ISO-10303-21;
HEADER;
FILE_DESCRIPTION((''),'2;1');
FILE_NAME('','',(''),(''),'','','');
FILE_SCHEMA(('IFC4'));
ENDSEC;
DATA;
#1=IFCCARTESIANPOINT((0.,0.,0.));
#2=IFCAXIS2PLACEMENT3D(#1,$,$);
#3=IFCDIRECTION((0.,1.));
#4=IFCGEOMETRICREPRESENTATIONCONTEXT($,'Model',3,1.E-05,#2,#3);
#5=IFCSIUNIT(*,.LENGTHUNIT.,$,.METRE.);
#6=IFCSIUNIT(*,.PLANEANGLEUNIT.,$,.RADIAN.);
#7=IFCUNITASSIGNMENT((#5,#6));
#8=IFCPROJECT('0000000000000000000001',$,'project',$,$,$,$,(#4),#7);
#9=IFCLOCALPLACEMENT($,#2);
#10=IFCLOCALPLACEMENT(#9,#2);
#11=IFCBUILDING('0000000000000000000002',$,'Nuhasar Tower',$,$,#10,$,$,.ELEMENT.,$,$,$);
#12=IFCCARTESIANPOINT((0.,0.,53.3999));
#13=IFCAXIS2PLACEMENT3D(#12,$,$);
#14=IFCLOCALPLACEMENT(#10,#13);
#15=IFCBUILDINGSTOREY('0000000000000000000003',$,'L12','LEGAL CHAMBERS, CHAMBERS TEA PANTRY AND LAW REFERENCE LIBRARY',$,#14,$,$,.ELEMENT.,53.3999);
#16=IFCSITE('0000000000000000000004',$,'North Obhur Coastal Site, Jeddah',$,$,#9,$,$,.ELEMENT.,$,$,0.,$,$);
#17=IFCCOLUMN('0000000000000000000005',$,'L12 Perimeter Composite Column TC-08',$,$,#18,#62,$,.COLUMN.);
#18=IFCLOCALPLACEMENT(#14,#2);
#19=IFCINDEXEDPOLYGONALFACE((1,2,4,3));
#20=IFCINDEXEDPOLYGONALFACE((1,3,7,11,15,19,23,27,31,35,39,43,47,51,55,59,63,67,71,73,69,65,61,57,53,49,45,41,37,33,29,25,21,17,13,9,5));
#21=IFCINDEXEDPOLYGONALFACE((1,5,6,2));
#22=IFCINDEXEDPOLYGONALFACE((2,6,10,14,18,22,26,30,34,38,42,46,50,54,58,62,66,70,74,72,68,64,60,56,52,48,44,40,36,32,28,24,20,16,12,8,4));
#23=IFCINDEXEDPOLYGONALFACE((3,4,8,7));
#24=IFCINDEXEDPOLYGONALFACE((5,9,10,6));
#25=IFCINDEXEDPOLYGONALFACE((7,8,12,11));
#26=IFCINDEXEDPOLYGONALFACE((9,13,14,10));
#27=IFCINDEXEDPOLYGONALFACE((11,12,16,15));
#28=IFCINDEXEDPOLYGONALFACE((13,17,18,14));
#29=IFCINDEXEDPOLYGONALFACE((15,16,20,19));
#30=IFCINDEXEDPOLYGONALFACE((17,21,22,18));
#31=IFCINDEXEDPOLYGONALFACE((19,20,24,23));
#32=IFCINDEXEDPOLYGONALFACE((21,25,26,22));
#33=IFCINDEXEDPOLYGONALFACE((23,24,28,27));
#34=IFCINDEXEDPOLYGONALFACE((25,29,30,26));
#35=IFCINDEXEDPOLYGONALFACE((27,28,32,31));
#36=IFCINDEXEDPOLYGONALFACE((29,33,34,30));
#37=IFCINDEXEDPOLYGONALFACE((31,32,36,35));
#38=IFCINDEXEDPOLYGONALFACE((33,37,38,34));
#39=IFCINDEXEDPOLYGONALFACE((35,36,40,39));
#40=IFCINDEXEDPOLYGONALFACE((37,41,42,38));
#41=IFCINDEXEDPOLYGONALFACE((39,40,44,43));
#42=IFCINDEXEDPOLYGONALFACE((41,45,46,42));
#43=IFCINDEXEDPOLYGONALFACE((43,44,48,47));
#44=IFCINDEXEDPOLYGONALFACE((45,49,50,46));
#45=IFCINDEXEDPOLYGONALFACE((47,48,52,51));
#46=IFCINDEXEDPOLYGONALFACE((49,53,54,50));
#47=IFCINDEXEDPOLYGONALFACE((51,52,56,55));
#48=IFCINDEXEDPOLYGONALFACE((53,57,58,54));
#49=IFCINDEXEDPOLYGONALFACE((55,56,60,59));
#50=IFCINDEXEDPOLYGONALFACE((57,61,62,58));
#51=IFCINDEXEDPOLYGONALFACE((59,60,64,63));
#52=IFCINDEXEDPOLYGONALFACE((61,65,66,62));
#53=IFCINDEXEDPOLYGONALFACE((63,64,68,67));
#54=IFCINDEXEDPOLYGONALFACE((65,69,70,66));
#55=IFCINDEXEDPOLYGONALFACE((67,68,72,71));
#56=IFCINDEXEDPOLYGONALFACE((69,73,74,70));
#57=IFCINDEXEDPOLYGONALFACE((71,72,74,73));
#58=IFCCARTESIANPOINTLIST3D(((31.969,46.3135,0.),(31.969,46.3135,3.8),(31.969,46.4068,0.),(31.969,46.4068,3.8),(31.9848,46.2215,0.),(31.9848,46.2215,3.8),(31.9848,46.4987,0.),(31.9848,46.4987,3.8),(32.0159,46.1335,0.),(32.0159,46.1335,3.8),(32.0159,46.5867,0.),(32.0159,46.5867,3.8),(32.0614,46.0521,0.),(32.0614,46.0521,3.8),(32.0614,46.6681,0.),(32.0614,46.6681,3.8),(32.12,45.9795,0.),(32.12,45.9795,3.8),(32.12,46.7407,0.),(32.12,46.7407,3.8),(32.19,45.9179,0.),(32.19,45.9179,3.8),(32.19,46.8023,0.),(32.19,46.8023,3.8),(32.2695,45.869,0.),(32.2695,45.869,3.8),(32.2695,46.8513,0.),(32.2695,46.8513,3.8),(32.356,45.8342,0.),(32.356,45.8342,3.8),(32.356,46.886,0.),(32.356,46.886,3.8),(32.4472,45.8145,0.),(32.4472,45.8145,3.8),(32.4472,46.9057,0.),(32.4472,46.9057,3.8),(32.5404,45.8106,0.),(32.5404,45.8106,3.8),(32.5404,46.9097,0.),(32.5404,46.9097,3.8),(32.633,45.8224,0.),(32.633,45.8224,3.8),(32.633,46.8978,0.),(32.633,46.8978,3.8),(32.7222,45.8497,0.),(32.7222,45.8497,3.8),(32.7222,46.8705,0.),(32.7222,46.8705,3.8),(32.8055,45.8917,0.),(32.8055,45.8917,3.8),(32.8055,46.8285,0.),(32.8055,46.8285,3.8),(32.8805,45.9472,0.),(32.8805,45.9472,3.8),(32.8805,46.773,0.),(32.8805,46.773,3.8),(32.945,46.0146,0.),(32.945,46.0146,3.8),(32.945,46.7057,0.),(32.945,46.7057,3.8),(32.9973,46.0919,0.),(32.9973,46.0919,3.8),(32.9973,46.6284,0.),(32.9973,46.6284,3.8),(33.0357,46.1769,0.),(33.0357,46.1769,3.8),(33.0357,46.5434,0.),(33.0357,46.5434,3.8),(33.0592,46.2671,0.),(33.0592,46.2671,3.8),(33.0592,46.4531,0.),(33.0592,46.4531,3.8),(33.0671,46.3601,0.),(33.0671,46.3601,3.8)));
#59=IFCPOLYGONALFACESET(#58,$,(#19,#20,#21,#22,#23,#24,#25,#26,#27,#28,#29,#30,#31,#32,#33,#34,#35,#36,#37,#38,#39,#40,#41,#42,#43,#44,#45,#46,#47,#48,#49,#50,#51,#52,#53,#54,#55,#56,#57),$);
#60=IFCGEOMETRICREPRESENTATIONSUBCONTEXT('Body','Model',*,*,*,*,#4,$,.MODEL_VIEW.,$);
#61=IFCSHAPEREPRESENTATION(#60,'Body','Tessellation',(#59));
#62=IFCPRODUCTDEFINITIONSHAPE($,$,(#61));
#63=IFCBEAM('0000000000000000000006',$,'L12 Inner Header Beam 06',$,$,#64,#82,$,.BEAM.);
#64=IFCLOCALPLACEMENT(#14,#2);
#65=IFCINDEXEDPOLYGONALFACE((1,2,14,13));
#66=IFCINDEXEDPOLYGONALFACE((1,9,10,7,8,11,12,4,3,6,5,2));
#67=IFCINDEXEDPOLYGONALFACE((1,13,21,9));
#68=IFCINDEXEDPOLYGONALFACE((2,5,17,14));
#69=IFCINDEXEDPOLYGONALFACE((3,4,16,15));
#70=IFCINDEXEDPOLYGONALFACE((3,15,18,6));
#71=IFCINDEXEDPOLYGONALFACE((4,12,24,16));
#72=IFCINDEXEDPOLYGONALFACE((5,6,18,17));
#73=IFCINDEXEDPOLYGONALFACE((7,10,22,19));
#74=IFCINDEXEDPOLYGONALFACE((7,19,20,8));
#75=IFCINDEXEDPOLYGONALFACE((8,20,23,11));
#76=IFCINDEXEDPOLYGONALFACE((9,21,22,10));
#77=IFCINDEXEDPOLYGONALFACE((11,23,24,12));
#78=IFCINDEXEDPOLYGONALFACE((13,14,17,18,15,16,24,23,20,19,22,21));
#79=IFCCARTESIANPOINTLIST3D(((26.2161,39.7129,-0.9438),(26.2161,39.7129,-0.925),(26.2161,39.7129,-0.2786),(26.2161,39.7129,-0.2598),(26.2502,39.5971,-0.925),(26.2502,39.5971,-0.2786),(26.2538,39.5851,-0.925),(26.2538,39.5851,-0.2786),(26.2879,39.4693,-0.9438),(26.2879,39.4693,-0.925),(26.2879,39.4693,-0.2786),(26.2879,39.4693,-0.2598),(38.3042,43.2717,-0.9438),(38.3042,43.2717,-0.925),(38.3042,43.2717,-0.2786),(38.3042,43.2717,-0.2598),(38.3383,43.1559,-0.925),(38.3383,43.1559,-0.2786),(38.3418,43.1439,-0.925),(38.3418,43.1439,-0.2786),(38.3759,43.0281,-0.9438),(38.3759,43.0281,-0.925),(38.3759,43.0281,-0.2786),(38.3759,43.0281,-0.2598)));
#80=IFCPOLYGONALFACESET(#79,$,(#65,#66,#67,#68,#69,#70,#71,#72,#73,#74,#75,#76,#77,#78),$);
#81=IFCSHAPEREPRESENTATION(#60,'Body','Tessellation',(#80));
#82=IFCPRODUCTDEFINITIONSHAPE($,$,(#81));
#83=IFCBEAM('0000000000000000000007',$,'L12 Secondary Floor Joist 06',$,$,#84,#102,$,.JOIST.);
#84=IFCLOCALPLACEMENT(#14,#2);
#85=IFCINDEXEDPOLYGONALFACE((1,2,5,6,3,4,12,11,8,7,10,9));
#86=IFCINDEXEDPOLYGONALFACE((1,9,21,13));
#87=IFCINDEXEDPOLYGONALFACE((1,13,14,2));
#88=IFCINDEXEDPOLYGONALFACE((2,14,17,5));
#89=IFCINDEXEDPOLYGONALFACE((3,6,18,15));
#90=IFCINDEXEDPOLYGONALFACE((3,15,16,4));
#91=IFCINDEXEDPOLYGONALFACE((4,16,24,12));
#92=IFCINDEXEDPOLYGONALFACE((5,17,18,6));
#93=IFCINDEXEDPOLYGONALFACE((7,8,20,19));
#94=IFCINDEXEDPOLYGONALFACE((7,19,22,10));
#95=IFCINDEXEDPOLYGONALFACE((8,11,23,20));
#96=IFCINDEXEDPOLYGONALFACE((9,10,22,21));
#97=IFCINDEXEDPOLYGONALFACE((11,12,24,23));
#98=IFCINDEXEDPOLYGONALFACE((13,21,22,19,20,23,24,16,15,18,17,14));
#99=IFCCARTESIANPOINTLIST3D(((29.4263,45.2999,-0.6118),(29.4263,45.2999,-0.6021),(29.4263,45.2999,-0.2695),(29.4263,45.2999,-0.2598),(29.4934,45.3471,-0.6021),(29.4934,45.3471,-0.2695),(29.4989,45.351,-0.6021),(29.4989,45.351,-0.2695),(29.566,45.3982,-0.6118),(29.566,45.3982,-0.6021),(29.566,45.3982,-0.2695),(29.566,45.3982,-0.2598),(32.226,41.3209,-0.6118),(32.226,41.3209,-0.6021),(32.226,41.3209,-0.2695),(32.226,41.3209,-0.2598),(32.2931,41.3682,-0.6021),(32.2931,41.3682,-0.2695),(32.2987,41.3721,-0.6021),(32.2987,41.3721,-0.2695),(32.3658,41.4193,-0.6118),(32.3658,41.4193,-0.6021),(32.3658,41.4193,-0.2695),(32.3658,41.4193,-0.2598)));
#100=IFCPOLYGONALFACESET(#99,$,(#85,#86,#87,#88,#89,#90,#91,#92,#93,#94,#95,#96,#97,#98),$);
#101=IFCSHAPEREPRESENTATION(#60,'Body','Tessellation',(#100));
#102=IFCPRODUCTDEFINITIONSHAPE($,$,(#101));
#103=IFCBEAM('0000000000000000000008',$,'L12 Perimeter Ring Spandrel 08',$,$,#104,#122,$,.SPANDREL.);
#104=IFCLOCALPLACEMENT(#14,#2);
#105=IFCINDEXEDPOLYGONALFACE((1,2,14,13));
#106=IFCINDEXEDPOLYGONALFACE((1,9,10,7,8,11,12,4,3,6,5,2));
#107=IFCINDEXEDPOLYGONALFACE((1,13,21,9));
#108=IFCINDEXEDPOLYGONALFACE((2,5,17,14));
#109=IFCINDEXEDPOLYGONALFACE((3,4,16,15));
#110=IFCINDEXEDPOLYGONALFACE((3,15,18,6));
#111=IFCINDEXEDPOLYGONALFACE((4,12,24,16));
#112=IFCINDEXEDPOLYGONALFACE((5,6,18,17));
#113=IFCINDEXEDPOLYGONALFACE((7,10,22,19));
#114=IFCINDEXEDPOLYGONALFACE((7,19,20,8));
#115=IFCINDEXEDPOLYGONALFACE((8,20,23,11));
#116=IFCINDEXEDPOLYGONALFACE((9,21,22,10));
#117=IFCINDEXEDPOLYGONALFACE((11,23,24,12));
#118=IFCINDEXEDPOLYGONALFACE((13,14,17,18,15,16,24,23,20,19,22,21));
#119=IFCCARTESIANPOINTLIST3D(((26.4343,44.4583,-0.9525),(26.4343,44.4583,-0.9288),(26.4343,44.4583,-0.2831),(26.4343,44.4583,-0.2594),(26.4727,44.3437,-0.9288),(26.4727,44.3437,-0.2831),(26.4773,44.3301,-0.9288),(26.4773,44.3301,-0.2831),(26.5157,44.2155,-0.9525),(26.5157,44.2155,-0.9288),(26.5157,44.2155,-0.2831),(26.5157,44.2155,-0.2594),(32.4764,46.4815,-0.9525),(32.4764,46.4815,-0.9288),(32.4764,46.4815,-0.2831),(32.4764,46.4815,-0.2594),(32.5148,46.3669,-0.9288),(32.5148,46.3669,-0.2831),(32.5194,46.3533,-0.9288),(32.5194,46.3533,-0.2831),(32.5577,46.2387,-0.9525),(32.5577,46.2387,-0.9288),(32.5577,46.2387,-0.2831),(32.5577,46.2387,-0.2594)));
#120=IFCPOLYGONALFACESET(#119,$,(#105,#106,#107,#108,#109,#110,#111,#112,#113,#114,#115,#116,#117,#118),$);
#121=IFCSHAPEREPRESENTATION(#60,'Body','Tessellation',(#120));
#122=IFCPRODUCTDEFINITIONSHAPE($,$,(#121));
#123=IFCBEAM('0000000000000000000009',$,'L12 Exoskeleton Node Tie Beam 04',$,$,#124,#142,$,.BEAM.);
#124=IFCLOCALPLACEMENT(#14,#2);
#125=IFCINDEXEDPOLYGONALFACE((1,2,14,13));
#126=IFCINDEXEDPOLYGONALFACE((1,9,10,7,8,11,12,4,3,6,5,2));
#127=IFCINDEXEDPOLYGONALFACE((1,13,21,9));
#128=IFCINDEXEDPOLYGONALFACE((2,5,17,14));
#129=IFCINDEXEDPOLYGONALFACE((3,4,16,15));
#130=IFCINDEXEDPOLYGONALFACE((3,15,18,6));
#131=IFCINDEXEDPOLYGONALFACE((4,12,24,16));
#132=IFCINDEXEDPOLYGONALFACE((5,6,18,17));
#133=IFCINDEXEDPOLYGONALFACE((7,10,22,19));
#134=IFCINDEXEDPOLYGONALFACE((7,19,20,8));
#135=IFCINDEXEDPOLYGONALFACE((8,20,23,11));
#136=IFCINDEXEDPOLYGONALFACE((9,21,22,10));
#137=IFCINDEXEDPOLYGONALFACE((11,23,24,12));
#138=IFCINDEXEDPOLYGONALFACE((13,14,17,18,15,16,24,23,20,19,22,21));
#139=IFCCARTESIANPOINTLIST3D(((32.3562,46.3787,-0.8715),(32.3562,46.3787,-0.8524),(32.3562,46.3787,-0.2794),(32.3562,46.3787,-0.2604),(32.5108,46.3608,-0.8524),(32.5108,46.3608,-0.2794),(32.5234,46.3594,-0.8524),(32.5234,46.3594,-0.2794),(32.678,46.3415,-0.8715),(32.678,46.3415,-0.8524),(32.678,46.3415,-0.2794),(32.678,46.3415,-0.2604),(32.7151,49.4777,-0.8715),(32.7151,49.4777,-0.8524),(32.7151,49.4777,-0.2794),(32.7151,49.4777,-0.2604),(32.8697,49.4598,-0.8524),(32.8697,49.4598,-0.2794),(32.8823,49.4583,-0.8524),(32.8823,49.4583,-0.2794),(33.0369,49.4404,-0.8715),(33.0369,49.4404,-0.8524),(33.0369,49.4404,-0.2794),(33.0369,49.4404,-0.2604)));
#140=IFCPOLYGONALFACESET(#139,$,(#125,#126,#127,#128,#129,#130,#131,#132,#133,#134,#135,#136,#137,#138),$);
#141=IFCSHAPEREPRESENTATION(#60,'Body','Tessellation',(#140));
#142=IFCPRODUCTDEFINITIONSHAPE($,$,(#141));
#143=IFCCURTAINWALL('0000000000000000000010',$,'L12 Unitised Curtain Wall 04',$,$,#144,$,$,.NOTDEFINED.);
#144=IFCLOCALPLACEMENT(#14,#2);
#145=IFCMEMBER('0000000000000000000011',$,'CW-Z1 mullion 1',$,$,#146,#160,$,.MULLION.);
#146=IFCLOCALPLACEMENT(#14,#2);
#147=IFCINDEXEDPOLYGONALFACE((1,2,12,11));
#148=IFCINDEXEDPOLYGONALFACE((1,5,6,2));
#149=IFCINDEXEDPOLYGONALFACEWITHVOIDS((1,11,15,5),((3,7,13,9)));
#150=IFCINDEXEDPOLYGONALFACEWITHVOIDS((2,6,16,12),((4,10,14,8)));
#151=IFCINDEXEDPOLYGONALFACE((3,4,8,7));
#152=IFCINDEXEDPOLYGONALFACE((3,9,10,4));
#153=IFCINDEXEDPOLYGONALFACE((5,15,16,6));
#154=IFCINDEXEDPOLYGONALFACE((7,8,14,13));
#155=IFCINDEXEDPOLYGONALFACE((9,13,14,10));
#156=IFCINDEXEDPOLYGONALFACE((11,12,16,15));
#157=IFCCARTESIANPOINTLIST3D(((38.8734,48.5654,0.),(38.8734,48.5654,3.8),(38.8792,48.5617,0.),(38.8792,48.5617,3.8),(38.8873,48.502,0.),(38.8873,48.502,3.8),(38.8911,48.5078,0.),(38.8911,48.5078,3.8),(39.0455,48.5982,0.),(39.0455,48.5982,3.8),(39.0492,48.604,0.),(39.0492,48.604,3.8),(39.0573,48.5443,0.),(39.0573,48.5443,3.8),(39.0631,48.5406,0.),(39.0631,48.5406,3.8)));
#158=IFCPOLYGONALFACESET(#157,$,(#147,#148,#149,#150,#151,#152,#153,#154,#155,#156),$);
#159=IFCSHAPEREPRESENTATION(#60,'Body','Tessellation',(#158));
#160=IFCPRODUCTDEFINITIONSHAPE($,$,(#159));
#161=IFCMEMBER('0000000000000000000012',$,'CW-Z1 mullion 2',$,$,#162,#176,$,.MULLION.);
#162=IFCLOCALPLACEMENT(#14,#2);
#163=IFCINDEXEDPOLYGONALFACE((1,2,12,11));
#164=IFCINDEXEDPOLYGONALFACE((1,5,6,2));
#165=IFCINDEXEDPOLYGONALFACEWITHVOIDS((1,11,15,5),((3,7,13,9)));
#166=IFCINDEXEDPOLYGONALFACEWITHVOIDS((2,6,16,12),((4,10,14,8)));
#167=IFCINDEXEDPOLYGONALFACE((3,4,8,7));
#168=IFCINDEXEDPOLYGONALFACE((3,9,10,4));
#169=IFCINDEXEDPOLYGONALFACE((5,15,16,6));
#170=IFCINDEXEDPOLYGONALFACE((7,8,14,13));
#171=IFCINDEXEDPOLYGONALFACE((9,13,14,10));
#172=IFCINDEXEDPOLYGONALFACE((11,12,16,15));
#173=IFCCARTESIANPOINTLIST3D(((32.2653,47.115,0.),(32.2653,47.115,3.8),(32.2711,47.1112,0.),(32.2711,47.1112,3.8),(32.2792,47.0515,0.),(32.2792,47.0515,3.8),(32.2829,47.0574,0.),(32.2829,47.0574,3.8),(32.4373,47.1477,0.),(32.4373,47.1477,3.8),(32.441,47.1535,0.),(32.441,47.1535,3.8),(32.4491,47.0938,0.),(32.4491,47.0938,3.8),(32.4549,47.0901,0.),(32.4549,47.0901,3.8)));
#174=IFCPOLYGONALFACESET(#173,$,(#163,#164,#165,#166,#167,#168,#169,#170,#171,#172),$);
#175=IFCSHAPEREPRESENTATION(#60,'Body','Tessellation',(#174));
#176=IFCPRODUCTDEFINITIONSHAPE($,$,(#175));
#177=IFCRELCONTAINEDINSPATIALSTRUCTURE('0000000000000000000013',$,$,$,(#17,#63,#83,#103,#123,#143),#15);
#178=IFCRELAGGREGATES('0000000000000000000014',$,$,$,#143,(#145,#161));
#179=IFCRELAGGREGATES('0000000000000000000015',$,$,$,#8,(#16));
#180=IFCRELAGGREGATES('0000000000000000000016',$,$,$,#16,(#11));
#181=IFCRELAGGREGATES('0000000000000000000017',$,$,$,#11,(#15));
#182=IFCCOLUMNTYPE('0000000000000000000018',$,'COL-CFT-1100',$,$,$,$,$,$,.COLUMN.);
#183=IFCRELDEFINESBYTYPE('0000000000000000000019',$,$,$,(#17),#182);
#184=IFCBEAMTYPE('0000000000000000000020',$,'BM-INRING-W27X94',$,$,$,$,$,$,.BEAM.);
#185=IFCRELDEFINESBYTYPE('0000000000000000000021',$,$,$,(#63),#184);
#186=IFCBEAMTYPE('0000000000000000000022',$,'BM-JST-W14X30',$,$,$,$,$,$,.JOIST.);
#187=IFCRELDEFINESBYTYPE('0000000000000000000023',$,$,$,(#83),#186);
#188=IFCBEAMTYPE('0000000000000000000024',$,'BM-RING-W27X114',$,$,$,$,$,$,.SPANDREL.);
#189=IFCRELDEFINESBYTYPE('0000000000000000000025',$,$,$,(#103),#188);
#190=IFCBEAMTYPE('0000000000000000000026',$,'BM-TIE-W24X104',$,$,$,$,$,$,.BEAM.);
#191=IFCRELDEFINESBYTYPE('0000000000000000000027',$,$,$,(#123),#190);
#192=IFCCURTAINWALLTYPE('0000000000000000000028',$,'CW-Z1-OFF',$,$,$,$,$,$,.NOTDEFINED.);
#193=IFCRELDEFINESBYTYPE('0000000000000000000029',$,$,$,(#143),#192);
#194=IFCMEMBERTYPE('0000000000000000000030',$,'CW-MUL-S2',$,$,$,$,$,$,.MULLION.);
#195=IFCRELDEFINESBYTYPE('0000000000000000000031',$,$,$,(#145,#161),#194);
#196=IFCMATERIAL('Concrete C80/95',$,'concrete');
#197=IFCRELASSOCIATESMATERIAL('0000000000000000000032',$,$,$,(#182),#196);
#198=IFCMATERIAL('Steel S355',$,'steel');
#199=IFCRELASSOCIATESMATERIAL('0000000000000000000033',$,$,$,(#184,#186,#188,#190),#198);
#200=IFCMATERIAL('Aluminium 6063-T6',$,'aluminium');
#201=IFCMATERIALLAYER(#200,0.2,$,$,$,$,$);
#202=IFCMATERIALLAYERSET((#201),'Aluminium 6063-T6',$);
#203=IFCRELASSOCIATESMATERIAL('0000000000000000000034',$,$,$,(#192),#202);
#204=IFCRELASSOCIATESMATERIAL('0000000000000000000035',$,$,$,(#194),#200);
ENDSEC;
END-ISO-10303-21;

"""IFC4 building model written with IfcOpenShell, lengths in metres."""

from ifc_helpers import new_model, si_unit, direction, frame, origin, origin_2d, place, context, subcontext, project, spatial, hollow_rectangle, circle, i_section, extrude, material, layer, layer_set, material_profile, profile_set, type_object, element, aggregate, save


model = new_model("IFC4")

# Units and contexts
model_context = context("Model", 3, precision=1e-05, world=origin(), true_north=direction((0.0, 1.0)))
body_context = subcontext(model_context, "Body", "Model", "MODEL_VIEW")
ifc_project = project(units=[si_unit("LENGTHUNIT", "METRE"), si_unit("PLANEANGLEUNIT", "RADIAN")], contexts=[model_context])

# Site, building, storey
site_placement = place(None, origin())
site = spatial("IfcSite", under=ifc_project, at=site_placement, Name="North Obhur Coastal Site, Jeddah", CompositionType="ELEMENT", RefElevation=0.0)
building_placement = place(site_placement, origin())
building = spatial("IfcBuilding", under=site, at=building_placement, Name="Nuhasar Tower", CompositionType="ELEMENT")
storey_placement = place(building_placement, frame((0.0, 0.0, 53.3999)))
storey = spatial("IfcBuildingStorey", under=building, at=storey_placement, Name="L12", Description="LEGAL CHAMBERS, CHAMBERS TEA PANTRY AND LAW REFERENCE LIBRARY", CompositionType="ELEMENT", Elevation=53.3999)

# Column
ifc_material_1 = material(Name="Concrete C80/95", Category="concrete")
ifc_material_profile_1 = material_profile(ifc_material_1, circle(Radius=0.55, at=origin_2d()), Name="CFT1100")
ifc_profile_set_1 = profile_set([ifc_material_profile_1], Name="Concrete C80/95")
column_type = type_object("IfcColumnType", Name="COL-CFT-1100", PredefinedType="COLUMN", material=ifc_profile_set_1)
column_placement = place(storey_placement, frame((32.5171, 46.3601, 0.0), z_axis=(0.0, 0.0, 1.0), x_axis=(1.0, 0.0, 0.0)))
element("IfcColumn", 1, at=column_placement, inside=storey, type_object=column_type, Name="L12 Perimeter Composite Column TC-08", PredefinedType="COLUMN", context=body_context, shape_type="SweptSolid", body=[
    extrude(circle(Radius=0.55, at=origin_2d()), origin(), (0.0, 0.0, 1.0), 3.8),
])

# Beams
ifc_material_2 = material(Name="Steel S355", Category="steel")
ifc_material_profile_2 = material_profile(ifc_material_2, i_section(OverallWidth=0.2539, OverallDepth=0.6841, WebThickness=0.0125, FlangeThickness=0.0188, at=origin_2d()), Name="W27X94")
ifc_profile_set_2 = profile_set([ifc_material_profile_2], Name="Steel S355")
beam_type_1 = type_object("IfcBeamType", Name="BM-INRING-W27X94", PredefinedType="BEAM", material=ifc_profile_set_2)
beam_1_placement = place(storey_placement, frame((38.3401, 43.1499, -0.6018), z_axis=(-0.95929, -0.282422, 0.0), x_axis=(0.282422, -0.95929, 0.0)))
element("IfcBeam", 2, at=beam_1_placement, inside=storey, type_object=beam_type_1, Name="L12 Inner Header Beam 06", PredefinedType="BEAM", context=body_context, shape_type="SweptSolid", body=[
    extrude(i_section(OverallWidth=0.2539, OverallDepth=0.6841, WebThickness=0.0125, FlangeThickness=0.0188, at=origin_2d()), origin(), (0.0, 0.0, 1.0), 12.6011),
])
ifc_material_profile_3 = material_profile(ifc_material_2, i_section(OverallWidth=0.1709, OverallDepth=0.3521, WebThickness=0.0068, FlangeThickness=0.0098, at=origin_2d()), Name="W14X30")
ifc_profile_set_3 = profile_set([ifc_material_profile_3], Name="Steel S355")
beam_type_2 = type_object("IfcBeamType", Name="BM-JST-W14X30", PredefinedType="JOIST", material=ifc_profile_set_3)
beam_2_placement = place(storey_placement, frame((32.2959, 41.3701, -0.4358), z_axis=(-0.575461, 0.817829, 0.0), x_axis=(-0.817829, -0.575461, 0.0)))
element("IfcBeam", 3, at=beam_2_placement, inside=storey, type_object=beam_type_2, Name="L12 Secondary Floor Joist 06", PredefinedType="JOIST", context=body_context, shape_type="SweptSolid", body=[
    extrude(i_section(OverallWidth=0.1709, OverallDepth=0.3521, WebThickness=0.0068, FlangeThickness=0.0098, at=origin_2d()), origin(), (0.0, 0.0, 1.0), 4.8652),
])
ifc_material_profile_4 = material_profile(ifc_material_2, i_section(OverallWidth=0.2561, OverallDepth=0.6931, WebThickness=0.0144, FlangeThickness=0.0237, at=origin_2d()), Name="W27X114")
ifc_profile_set_4 = profile_set([ifc_material_profile_4], Name="Steel S355")
beam_type_3 = type_object("IfcBeamType", Name="BM-RING-W27X114", PredefinedType="SPANDREL", material=ifc_profile_set_4)
beam_3_placement = place(storey_placement, frame((32.5171, 46.3601, -0.606), z_axis=(-0.948249, -0.317526, 0.0), x_axis=(0.317526, -0.948249, 0.0)))
element("IfcBeam", 4, at=beam_3_placement, inside=storey, type_object=beam_type_3, Name="L12 Perimeter Ring Spandrel 08", PredefinedType="SPANDREL", context=body_context, shape_type="SweptSolid", body=[
    extrude(i_section(OverallWidth=0.2561, OverallDepth=0.6931, WebThickness=0.0144, FlangeThickness=0.0237, at=origin_2d()), origin(), (0.0, 0.0, 1.0), 6.3718),
])
ifc_material_profile_5 = material_profile(ifc_material_2, i_section(OverallWidth=0.324, OverallDepth=0.6111, WebThickness=0.0127, FlangeThickness=0.019, at=origin_2d()), Name="W24X104")
ifc_profile_set_5 = profile_set([ifc_material_profile_5], Name="Steel S355")
beam_type_4 = type_object("IfcBeamType", Name="BM-TIE-W24X104", PredefinedType="BEAM", material=ifc_profile_set_5)
beam_4_placement = place(storey_placement, frame((32.5171, 46.3601, -0.5659), z_axis=(0.115043, 0.993361, 0.0), x_axis=(-0.993361, 0.115043, 0.0)))
element("IfcBeam", 5, at=beam_4_placement, inside=storey, type_object=beam_type_4, Name="L12 Exoskeleton Node Tie Beam 04", PredefinedType="BEAM", context=body_context, shape_type="SweptSolid", body=[
    extrude(i_section(OverallWidth=0.324, OverallDepth=0.6111, WebThickness=0.0127, FlangeThickness=0.019, at=origin_2d()), origin(), (0.0, 0.0, 1.0), 3.1196),
])

# Curtain wall, members
ifc_material_3 = material(Name="Aluminium 6063-T6", Category="aluminium")
ifc_layer_1 = layer(ifc_material_3, 0.2)
ifc_layer_set_1 = layer_set([ifc_layer_1], Name="Aluminium 6063-T6")
curtain_wall_type = type_object("IfcCurtainWallType", Name="CW-Z1-OFF", PredefinedType="NOTDEFINED", material=ifc_layer_set_1)
curtain_wall_placement = place(storey_placement, origin())
curtain_wall = element("IfcCurtainWall", 6, at=curtain_wall_placement, inside=storey, type_object=curtain_wall_type, Name="L12 Unitised Curtain Wall 04", PredefinedType="NOTDEFINED")
ifc_material_profile_6 = material_profile(ifc_material_3, hollow_rectangle(XDim=0.0649, YDim=0.1799, WallThickness=0.0049, at=origin_2d()), Name="CWM-2")
ifc_profile_set_6 = profile_set([ifc_material_profile_6], Name="Aluminium 6063-T6")
member_type_1 = type_object("IfcMemberType", Name="CW-MUL-S2", PredefinedType="MULLION", material=ifc_profile_set_6)
member_1_placement = place(storey_placement, frame((38.9683, 48.553, 0.0), z_axis=(0.0, 0.0, 1.0), x_axis=(0.214399, -0.976746, 0.0)))
member_1 = element("IfcMember", 7, at=member_1_placement, type_object=member_type_1, Name="CW-Z1 mullion 1", PredefinedType="MULLION", context=body_context, shape_type="SweptSolid", body=[
    extrude(hollow_rectangle(XDim=0.0649, YDim=0.1799, WallThickness=0.0049, at=origin_2d()), origin(), (0.0, 0.0, 1.0), 3.8),
])
member_2_placement = place(storey_placement, frame((32.3601, 47.1025, 0.0), z_axis=(0.0, 0.0, 1.0), x_axis=(0.214399, -0.976746, 0.0)))
member_2 = element("IfcMember", 8, at=member_2_placement, type_object=member_type_1, Name="CW-Z1 mullion 2", PredefinedType="MULLION", context=body_context, shape_type="SweptSolid", body=[
    extrude(hollow_rectangle(XDim=0.0649, YDim=0.1799, WallThickness=0.0049, at=origin_2d()), origin(), (0.0, 0.0, 1.0), 3.8),
])

aggregate(curtain_wall, [member_1, member_2])

save(model, "model.ifc")
